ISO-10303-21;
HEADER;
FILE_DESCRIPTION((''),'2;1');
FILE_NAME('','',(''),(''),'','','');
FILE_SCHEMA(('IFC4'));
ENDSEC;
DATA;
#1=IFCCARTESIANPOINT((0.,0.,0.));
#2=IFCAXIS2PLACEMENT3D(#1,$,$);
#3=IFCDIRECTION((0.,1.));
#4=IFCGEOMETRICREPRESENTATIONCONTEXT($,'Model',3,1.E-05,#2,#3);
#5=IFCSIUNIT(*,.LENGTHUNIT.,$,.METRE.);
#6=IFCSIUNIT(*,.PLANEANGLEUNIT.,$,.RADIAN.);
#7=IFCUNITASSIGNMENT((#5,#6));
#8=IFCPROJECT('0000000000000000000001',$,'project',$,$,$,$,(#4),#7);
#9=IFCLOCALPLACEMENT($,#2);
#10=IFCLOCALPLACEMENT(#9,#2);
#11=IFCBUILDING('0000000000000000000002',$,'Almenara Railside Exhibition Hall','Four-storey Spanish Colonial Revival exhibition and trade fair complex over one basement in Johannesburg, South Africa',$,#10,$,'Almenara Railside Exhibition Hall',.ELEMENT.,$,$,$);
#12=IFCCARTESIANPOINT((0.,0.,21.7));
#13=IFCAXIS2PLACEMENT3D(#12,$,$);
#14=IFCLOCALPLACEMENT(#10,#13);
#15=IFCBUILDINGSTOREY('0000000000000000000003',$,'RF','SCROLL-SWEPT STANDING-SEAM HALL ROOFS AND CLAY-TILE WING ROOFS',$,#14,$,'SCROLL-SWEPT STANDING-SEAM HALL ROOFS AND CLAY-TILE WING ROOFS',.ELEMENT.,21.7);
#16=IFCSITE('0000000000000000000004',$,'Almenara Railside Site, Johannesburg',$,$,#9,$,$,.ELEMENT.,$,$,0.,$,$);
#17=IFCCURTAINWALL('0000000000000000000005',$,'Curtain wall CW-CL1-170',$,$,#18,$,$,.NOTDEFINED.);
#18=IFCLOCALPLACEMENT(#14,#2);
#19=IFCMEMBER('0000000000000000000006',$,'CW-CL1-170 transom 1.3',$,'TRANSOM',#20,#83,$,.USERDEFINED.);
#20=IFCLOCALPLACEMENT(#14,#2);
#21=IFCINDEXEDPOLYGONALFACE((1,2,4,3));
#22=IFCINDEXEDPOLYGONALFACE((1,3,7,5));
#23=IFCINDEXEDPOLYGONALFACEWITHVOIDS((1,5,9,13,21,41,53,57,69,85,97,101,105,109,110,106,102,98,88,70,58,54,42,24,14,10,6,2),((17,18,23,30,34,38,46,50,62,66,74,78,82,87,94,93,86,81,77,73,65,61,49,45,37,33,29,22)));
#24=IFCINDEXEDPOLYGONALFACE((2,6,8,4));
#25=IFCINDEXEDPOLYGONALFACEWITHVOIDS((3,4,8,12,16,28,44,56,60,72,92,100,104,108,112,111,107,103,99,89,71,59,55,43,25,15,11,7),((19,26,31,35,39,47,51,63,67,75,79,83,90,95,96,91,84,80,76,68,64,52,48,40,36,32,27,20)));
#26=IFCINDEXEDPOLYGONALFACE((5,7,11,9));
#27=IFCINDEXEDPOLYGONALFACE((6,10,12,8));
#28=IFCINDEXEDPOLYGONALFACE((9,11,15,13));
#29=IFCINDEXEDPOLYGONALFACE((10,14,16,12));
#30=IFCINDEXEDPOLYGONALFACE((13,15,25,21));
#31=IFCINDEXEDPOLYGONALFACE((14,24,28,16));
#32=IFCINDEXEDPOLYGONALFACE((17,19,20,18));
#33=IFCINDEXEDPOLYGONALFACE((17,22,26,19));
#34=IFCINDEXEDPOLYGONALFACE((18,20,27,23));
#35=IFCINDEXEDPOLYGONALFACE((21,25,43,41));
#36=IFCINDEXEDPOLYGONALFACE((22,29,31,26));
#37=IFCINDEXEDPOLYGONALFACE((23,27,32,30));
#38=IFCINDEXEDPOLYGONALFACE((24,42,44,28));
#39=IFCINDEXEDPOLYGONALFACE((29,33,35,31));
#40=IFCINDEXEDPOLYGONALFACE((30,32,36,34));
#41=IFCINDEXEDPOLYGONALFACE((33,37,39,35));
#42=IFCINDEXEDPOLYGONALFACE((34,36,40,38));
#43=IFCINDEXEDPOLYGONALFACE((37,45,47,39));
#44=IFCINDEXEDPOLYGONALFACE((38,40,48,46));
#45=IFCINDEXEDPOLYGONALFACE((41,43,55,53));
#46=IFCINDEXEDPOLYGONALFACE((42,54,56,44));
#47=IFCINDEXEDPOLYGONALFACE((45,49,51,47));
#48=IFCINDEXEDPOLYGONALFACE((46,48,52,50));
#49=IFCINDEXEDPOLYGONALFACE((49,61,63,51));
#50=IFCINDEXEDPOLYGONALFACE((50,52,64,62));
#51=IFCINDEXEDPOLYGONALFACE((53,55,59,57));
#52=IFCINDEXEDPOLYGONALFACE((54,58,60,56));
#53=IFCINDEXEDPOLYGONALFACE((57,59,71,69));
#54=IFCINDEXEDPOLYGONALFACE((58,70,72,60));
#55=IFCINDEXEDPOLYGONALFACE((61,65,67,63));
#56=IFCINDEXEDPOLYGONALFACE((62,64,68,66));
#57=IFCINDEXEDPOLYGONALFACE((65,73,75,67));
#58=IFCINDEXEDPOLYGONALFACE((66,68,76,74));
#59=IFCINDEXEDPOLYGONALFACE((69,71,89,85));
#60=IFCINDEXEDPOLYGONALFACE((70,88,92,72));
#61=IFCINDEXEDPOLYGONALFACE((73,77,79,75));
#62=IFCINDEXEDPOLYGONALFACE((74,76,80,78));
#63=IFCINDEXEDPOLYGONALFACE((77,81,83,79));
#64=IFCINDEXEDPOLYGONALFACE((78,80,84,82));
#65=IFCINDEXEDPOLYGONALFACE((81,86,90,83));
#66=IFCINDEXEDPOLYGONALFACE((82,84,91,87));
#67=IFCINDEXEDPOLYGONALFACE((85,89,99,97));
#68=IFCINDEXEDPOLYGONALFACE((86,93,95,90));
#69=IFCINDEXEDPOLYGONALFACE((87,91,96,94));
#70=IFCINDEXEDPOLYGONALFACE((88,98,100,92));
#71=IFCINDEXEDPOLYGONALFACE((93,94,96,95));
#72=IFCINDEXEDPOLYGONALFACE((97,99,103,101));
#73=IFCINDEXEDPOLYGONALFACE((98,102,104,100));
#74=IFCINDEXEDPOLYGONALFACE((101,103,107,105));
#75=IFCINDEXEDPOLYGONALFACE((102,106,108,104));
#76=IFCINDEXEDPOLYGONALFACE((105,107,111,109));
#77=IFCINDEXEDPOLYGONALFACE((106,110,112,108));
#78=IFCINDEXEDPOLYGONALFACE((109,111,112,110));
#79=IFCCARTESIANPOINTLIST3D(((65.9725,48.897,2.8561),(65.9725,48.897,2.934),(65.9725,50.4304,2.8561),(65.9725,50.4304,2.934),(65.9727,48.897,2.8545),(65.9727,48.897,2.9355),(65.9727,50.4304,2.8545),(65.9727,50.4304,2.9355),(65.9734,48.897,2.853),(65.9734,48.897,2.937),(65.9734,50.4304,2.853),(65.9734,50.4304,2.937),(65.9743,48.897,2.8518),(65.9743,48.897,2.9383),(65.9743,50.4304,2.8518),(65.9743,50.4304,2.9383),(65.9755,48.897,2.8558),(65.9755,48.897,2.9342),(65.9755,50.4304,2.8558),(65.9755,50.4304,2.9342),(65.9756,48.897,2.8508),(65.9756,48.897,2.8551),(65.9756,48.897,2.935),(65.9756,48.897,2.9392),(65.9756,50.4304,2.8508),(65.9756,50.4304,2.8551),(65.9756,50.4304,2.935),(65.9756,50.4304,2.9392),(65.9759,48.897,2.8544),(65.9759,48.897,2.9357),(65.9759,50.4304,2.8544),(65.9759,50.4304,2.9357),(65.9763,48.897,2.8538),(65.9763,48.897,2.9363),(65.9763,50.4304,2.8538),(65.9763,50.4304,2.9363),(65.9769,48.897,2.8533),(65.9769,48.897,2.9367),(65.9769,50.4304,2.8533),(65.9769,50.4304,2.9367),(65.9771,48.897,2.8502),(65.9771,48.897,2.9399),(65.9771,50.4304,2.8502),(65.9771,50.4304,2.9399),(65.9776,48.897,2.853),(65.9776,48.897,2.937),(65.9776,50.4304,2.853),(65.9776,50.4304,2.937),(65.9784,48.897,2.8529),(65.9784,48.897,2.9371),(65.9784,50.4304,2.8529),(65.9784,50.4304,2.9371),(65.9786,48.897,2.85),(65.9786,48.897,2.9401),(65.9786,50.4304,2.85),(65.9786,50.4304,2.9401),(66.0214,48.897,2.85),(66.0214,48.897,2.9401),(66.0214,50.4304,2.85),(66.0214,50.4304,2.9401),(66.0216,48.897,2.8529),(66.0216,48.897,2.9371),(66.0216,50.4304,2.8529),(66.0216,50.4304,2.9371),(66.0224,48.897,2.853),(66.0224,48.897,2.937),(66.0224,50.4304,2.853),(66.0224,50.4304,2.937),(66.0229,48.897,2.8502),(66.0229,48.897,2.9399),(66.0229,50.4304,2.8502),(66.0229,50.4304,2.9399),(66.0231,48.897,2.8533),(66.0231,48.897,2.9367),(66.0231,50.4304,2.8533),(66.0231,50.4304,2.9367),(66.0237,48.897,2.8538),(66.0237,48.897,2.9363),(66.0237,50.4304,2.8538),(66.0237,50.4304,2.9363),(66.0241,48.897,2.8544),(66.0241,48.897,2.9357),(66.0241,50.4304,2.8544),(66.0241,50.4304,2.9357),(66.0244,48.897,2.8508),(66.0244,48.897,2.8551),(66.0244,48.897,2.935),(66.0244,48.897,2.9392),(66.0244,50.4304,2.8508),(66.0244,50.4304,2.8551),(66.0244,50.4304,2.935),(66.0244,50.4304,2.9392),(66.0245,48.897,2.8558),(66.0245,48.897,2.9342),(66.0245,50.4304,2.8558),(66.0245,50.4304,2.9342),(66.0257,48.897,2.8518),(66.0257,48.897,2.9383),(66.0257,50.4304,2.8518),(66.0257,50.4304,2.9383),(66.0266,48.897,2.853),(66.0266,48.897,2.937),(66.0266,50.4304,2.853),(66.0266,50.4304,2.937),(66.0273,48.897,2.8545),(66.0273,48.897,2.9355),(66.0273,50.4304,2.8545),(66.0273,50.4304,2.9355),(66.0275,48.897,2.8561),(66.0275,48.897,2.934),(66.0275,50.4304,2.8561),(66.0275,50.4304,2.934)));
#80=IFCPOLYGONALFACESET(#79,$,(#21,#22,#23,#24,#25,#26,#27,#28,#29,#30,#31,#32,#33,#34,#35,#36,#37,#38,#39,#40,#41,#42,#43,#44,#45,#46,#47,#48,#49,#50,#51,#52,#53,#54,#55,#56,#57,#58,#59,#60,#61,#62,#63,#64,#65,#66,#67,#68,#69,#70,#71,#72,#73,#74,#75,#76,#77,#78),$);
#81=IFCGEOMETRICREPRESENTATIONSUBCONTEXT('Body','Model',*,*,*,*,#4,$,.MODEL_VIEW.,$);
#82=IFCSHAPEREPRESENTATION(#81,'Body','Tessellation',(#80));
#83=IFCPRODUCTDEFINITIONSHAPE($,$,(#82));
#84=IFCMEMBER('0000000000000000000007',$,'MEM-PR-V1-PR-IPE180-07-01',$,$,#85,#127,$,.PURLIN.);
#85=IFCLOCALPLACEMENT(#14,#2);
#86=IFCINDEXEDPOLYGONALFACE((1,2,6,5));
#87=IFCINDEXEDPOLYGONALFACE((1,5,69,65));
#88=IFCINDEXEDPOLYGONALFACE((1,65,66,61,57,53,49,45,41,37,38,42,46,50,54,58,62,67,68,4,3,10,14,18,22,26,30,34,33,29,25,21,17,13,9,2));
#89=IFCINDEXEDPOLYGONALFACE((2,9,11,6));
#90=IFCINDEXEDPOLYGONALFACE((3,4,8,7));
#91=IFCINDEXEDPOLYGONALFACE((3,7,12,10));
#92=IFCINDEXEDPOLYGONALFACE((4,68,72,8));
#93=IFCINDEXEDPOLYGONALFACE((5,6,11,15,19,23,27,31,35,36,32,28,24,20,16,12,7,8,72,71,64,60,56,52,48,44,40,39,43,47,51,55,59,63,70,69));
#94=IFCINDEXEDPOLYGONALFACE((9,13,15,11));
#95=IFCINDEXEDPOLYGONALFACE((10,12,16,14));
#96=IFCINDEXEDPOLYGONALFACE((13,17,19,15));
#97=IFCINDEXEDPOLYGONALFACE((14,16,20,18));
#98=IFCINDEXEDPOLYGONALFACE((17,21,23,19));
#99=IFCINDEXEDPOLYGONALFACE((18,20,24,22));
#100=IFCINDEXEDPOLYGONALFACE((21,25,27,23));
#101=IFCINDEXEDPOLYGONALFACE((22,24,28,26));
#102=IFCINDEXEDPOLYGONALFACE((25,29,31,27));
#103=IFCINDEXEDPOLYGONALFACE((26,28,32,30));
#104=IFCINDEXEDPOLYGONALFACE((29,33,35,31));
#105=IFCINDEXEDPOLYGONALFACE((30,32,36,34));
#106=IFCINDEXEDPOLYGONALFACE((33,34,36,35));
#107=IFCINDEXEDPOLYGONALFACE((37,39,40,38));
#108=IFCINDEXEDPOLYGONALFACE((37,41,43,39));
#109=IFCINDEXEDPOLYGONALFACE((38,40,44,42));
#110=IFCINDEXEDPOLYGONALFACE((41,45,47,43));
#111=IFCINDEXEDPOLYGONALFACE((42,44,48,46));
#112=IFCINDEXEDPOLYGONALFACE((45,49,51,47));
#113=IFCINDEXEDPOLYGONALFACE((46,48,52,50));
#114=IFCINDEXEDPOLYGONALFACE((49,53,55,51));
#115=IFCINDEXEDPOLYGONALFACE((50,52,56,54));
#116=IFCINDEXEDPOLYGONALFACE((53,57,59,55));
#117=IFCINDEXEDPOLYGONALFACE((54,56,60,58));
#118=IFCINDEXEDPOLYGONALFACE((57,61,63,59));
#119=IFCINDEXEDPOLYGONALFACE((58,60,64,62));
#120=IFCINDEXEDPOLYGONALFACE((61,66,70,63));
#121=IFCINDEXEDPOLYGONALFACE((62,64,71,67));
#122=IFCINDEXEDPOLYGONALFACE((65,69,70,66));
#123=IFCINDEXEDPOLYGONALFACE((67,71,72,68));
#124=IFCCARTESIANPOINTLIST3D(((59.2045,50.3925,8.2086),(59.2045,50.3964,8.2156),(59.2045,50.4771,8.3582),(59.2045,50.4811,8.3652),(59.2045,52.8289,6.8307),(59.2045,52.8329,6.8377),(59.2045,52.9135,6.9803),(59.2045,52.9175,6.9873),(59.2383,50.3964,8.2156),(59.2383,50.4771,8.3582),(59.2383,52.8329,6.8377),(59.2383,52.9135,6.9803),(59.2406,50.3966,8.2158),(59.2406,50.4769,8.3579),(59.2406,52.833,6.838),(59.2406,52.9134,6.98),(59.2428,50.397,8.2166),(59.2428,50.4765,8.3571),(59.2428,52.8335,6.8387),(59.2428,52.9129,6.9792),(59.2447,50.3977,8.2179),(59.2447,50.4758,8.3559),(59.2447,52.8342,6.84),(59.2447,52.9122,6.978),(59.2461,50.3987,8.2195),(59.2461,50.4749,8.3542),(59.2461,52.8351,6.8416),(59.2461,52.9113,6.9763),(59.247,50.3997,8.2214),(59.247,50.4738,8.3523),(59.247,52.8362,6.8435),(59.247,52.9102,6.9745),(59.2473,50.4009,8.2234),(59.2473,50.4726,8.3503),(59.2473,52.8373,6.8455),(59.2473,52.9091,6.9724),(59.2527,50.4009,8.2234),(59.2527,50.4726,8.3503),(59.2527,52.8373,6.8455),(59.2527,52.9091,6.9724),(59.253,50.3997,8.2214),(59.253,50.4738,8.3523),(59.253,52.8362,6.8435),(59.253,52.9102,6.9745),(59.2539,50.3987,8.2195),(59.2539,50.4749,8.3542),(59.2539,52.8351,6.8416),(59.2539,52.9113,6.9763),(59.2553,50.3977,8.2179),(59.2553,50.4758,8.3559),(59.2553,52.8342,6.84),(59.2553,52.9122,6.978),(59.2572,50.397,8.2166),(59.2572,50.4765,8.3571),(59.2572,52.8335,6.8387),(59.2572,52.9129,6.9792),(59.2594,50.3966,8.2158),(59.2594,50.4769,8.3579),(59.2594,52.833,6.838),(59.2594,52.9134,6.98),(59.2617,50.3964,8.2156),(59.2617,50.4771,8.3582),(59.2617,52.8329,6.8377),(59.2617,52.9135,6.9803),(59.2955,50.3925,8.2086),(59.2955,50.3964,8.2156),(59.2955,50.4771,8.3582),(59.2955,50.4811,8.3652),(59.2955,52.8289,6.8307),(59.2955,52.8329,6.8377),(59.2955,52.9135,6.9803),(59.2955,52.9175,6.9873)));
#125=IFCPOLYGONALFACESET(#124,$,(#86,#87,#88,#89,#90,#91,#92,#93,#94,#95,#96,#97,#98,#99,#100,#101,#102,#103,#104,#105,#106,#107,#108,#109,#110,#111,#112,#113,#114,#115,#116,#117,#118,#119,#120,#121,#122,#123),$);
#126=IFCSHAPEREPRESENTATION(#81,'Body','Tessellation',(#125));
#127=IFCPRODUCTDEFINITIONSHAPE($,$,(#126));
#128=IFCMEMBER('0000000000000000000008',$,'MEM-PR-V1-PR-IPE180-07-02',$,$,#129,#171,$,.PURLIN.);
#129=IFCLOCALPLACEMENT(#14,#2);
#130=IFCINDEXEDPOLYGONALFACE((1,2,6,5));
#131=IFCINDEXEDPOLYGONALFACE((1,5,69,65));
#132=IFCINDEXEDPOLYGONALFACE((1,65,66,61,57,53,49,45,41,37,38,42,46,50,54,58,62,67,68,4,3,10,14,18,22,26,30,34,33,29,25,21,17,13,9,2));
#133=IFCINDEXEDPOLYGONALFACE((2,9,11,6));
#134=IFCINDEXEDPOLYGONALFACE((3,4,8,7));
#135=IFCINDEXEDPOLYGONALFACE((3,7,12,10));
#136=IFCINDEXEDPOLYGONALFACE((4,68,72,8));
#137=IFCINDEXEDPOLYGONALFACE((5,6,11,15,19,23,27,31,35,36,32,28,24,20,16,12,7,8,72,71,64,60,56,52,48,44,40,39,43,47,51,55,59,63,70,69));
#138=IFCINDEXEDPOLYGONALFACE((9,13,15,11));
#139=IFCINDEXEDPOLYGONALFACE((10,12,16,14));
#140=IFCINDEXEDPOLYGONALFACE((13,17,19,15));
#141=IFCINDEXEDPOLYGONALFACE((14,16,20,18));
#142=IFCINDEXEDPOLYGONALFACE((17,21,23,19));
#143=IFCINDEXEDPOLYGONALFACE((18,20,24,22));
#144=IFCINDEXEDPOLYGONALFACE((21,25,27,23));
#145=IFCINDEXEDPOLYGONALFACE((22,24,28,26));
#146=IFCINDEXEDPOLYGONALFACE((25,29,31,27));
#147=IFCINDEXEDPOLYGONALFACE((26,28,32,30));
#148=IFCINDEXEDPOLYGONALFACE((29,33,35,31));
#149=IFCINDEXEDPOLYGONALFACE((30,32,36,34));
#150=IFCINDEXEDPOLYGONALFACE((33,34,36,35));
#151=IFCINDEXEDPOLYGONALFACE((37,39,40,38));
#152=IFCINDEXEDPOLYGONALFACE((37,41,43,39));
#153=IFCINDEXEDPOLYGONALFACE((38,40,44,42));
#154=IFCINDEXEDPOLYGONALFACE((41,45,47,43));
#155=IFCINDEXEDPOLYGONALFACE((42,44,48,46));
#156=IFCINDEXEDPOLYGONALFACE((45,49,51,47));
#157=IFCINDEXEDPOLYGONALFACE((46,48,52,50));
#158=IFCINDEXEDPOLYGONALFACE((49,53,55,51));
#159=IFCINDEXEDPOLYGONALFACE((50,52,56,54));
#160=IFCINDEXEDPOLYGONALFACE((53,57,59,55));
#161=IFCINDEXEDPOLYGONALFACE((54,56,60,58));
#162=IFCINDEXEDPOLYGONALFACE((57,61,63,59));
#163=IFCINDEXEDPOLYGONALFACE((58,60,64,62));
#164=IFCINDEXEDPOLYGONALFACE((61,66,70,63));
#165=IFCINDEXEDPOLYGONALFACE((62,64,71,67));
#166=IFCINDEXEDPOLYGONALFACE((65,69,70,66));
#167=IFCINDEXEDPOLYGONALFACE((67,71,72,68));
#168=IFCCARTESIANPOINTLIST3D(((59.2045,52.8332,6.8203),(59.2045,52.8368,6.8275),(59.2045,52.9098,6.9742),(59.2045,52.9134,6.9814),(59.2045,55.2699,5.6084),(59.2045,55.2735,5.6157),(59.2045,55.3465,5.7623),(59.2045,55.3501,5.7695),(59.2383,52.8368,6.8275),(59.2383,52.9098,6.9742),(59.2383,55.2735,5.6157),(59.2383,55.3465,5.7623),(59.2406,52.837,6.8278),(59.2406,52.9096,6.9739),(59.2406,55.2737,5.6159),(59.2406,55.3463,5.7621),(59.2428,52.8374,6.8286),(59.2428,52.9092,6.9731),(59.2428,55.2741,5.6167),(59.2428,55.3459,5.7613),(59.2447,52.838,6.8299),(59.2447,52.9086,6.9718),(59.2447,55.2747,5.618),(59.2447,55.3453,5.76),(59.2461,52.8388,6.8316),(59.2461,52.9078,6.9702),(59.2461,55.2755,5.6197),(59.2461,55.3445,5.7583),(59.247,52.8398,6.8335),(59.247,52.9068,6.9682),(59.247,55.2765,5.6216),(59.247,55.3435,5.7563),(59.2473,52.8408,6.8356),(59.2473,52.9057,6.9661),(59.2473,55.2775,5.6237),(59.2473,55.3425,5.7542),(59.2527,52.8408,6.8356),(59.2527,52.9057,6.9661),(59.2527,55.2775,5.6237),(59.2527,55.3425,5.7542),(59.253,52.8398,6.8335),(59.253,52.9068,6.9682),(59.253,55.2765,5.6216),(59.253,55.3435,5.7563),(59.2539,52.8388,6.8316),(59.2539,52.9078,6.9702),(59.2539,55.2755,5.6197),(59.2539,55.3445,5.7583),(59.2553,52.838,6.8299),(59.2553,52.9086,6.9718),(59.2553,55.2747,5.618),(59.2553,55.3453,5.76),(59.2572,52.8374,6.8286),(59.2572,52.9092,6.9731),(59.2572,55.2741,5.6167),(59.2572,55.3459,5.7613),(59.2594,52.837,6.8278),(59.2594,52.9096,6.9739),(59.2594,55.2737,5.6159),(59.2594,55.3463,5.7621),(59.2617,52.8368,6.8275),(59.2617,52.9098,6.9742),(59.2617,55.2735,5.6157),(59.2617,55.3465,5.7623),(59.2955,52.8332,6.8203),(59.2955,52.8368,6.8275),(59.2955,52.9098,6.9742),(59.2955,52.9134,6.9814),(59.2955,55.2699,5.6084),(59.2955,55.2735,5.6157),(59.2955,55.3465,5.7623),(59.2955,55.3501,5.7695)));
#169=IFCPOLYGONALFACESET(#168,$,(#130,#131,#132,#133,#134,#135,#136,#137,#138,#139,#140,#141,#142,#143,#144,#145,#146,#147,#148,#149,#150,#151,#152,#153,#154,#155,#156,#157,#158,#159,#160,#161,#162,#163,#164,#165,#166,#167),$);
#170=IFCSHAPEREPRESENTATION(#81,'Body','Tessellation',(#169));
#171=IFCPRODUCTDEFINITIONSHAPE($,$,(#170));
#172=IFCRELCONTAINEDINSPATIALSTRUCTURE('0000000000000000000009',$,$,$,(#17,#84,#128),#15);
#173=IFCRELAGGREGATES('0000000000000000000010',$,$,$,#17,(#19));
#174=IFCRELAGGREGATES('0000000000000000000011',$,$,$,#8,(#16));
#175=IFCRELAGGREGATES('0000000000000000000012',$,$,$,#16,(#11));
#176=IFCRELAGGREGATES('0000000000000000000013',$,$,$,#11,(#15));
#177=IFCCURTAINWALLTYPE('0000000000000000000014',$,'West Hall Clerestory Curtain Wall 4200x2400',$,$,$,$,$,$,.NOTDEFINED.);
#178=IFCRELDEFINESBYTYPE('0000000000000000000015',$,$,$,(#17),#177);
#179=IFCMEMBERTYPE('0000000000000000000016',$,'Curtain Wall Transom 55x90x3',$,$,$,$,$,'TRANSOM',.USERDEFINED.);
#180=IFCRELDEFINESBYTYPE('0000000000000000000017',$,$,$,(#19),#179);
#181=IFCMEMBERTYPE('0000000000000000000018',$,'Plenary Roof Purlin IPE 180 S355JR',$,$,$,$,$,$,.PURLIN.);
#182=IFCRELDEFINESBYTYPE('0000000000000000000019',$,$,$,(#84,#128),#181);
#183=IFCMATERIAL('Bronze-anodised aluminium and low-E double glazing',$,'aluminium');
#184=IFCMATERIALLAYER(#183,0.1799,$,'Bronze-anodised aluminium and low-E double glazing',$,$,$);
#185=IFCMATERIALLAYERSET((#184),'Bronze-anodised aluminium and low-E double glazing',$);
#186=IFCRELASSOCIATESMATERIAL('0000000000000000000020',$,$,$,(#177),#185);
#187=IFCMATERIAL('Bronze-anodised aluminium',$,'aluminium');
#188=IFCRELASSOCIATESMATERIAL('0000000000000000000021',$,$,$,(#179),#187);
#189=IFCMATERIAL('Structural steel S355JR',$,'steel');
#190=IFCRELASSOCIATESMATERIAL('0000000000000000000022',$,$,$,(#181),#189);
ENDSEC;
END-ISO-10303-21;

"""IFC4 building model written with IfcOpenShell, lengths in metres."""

from ifc_helpers import new_model, si_unit, direction, frame, origin, origin_2d, place, context, subcontext, project, spatial, hollow_rectangle, i_section, extrude, material, layer, layer_set, material_profile, profile_set, type_object, element, aggregate, save


model = new_model("IFC4")

# Units and contexts
model_context = context("Model", 3, precision=1e-05, world=origin(), true_north=direction((0.0, 1.0)))
body_context = subcontext(model_context, "Body", "Model", "MODEL_VIEW")
ifc_project = project(units=[si_unit("LENGTHUNIT", "METRE"), si_unit("PLANEANGLEUNIT", "RADIAN")], contexts=[model_context])

# Site, building, storey
site_placement = place(None, origin())
site = spatial("IfcSite", under=ifc_project, at=site_placement, Name="Almenara Railside Site, Johannesburg", CompositionType="ELEMENT", RefElevation=0.0)
building_placement = place(site_placement, origin())
building = spatial("IfcBuilding", under=site, at=building_placement, Name="Almenara Railside Exhibition Hall", Description="Four-storey Spanish Colonial Revival exhibition and trade fair complex over one basement in Johannesburg, South Africa", LongName="Almenara Railside Exhibition Hall", CompositionType="ELEMENT")
storey_placement = place(building_placement, frame((0.0, 0.0, 21.7)))
storey = spatial("IfcBuildingStorey", under=building, at=storey_placement, Name="RF", Description="SCROLL-SWEPT STANDING-SEAM HALL ROOFS AND CLAY-TILE WING ROOFS", LongName="SCROLL-SWEPT STANDING-SEAM HALL ROOFS AND CLAY-TILE WING ROOFS", CompositionType="ELEMENT", Elevation=21.7)

# Shared definitions
ifc_material_1 = material(Name="Structural steel S355JR", Category="steel")

# Curtain wall, member
ifc_material_2 = material(Name="Bronze-anodised aluminium and low-E double glazing", Category="aluminium")
ifc_layer_1 = layer(ifc_material_2, 0.1799, Name="Bronze-anodised aluminium and low-E double glazing")
ifc_layer_set_1 = layer_set([ifc_layer_1], Name="Bronze-anodised aluminium and low-E double glazing")
curtain_wall_type = type_object("IfcCurtainWallType", Name="West Hall Clerestory Curtain Wall 4200x2400", PredefinedType="NOTDEFINED", material=ifc_layer_set_1)
curtain_wall_placement = place(storey_placement, origin())
curtain_wall = element("IfcCurtainWall", 1, at=curtain_wall_placement, inside=storey, type_object=curtain_wall_type, Name="Curtain wall CW-CL1-170", PredefinedType="NOTDEFINED")
ifc_material_3 = material(Name="Bronze-anodised aluminium", Category="aluminium")
ifc_material_profile_1 = material_profile(ifc_material_3, hollow_rectangle(XDim=0.0549, YDim=0.0901, WallThickness=0.0029, InnerFilletRadius=0.0029, OuterFilletRadius=0.0061, at=origin_2d()), Name="ALU-TRN 55x90x3")
ifc_profile_set_1 = profile_set([ifc_material_profile_1], Name="Bronze-anodised aluminium")
member_type_1 = type_object("IfcMemberType", Name="Curtain Wall Transom 55x90x3", ElementType="TRANSOM", PredefinedType="USERDEFINED", material=ifc_profile_set_1)
member_1_placement = place(storey_placement, frame((66.0, 48.897, 2.895), z_axis=(0.0, 1.0, 0.0), x_axis=(-1.0, 0.0, 0.0)))
member_1 = element("IfcMember", 2, at=member_1_placement, type_object=member_type_1, Name="CW-CL1-170 transom 1.3", ObjectType="TRANSOM", PredefinedType="USERDEFINED", context=body_context, shape_type="SweptSolid", body=[
    extrude(hollow_rectangle(XDim=0.0549, YDim=0.0901, WallThickness=0.0029, InnerFilletRadius=0.0029, OuterFilletRadius=0.0061, at=origin_2d()), origin(), (0.0, 0.0, 1.0), 1.5334),
])
aggregate(curtain_wall, [member_1])

# Members
ifc_material_profile_2 = material_profile(ifc_material_1, i_section(OverallWidth=0.0911, OverallDepth=0.1799, WebThickness=0.0054, FlangeThickness=0.0081, FilletRadius=0.009, at=origin_2d()), Name="IPE 180")
ifc_profile_set_2 = profile_set([ifc_material_profile_2], Name="Structural steel S355JR")
member_type_2 = type_object("IfcMemberType", Name="Plenary Roof Purlin IPE 180 S355JR", PredefinedType="PURLIN", material=ifc_profile_set_2)
member_2_placement = place(storey_placement, frame((59.25, 50.4368, 8.2869), z_axis=(0.0, 0.870446, -0.492264), x_axis=(-1.0, 0.0, 0.0)))
element("IfcMember", 3, at=member_2_placement, inside=storey, type_object=member_type_2, Name="MEM-PR-V1-PR-IPE180-07-01", PredefinedType="PURLIN", context=body_context, shape_type="SweptSolid", body=[
    extrude(i_section(OverallWidth=0.0911, OverallDepth=0.1799, WebThickness=0.0054, FlangeThickness=0.0081, FilletRadius=0.009, at=origin_2d()), origin(), (0.0, 0.0, 1.0), 2.7991),
])
member_3_placement = place(storey_placement, frame((59.25, 52.8733, 6.9009), z_axis=(0.0, 0.895376, -0.445311), x_axis=(-1.0, 0.0, 0.0)))
element("IfcMember", 4, at=member_3_placement, inside=storey, type_object=member_type_2, Name="MEM-PR-V1-PR-IPE180-07-02", PredefinedType="PURLIN", context=body_context, shape_type="SweptSolid", body=[
    extrude(i_section(OverallWidth=0.0911, OverallDepth=0.1799, WebThickness=0.0054, FlangeThickness=0.0081, FilletRadius=0.009, at=origin_2d()), origin(), (0.0, 0.0, 1.0), 2.7214),
])

save(model, "model.ifc")
